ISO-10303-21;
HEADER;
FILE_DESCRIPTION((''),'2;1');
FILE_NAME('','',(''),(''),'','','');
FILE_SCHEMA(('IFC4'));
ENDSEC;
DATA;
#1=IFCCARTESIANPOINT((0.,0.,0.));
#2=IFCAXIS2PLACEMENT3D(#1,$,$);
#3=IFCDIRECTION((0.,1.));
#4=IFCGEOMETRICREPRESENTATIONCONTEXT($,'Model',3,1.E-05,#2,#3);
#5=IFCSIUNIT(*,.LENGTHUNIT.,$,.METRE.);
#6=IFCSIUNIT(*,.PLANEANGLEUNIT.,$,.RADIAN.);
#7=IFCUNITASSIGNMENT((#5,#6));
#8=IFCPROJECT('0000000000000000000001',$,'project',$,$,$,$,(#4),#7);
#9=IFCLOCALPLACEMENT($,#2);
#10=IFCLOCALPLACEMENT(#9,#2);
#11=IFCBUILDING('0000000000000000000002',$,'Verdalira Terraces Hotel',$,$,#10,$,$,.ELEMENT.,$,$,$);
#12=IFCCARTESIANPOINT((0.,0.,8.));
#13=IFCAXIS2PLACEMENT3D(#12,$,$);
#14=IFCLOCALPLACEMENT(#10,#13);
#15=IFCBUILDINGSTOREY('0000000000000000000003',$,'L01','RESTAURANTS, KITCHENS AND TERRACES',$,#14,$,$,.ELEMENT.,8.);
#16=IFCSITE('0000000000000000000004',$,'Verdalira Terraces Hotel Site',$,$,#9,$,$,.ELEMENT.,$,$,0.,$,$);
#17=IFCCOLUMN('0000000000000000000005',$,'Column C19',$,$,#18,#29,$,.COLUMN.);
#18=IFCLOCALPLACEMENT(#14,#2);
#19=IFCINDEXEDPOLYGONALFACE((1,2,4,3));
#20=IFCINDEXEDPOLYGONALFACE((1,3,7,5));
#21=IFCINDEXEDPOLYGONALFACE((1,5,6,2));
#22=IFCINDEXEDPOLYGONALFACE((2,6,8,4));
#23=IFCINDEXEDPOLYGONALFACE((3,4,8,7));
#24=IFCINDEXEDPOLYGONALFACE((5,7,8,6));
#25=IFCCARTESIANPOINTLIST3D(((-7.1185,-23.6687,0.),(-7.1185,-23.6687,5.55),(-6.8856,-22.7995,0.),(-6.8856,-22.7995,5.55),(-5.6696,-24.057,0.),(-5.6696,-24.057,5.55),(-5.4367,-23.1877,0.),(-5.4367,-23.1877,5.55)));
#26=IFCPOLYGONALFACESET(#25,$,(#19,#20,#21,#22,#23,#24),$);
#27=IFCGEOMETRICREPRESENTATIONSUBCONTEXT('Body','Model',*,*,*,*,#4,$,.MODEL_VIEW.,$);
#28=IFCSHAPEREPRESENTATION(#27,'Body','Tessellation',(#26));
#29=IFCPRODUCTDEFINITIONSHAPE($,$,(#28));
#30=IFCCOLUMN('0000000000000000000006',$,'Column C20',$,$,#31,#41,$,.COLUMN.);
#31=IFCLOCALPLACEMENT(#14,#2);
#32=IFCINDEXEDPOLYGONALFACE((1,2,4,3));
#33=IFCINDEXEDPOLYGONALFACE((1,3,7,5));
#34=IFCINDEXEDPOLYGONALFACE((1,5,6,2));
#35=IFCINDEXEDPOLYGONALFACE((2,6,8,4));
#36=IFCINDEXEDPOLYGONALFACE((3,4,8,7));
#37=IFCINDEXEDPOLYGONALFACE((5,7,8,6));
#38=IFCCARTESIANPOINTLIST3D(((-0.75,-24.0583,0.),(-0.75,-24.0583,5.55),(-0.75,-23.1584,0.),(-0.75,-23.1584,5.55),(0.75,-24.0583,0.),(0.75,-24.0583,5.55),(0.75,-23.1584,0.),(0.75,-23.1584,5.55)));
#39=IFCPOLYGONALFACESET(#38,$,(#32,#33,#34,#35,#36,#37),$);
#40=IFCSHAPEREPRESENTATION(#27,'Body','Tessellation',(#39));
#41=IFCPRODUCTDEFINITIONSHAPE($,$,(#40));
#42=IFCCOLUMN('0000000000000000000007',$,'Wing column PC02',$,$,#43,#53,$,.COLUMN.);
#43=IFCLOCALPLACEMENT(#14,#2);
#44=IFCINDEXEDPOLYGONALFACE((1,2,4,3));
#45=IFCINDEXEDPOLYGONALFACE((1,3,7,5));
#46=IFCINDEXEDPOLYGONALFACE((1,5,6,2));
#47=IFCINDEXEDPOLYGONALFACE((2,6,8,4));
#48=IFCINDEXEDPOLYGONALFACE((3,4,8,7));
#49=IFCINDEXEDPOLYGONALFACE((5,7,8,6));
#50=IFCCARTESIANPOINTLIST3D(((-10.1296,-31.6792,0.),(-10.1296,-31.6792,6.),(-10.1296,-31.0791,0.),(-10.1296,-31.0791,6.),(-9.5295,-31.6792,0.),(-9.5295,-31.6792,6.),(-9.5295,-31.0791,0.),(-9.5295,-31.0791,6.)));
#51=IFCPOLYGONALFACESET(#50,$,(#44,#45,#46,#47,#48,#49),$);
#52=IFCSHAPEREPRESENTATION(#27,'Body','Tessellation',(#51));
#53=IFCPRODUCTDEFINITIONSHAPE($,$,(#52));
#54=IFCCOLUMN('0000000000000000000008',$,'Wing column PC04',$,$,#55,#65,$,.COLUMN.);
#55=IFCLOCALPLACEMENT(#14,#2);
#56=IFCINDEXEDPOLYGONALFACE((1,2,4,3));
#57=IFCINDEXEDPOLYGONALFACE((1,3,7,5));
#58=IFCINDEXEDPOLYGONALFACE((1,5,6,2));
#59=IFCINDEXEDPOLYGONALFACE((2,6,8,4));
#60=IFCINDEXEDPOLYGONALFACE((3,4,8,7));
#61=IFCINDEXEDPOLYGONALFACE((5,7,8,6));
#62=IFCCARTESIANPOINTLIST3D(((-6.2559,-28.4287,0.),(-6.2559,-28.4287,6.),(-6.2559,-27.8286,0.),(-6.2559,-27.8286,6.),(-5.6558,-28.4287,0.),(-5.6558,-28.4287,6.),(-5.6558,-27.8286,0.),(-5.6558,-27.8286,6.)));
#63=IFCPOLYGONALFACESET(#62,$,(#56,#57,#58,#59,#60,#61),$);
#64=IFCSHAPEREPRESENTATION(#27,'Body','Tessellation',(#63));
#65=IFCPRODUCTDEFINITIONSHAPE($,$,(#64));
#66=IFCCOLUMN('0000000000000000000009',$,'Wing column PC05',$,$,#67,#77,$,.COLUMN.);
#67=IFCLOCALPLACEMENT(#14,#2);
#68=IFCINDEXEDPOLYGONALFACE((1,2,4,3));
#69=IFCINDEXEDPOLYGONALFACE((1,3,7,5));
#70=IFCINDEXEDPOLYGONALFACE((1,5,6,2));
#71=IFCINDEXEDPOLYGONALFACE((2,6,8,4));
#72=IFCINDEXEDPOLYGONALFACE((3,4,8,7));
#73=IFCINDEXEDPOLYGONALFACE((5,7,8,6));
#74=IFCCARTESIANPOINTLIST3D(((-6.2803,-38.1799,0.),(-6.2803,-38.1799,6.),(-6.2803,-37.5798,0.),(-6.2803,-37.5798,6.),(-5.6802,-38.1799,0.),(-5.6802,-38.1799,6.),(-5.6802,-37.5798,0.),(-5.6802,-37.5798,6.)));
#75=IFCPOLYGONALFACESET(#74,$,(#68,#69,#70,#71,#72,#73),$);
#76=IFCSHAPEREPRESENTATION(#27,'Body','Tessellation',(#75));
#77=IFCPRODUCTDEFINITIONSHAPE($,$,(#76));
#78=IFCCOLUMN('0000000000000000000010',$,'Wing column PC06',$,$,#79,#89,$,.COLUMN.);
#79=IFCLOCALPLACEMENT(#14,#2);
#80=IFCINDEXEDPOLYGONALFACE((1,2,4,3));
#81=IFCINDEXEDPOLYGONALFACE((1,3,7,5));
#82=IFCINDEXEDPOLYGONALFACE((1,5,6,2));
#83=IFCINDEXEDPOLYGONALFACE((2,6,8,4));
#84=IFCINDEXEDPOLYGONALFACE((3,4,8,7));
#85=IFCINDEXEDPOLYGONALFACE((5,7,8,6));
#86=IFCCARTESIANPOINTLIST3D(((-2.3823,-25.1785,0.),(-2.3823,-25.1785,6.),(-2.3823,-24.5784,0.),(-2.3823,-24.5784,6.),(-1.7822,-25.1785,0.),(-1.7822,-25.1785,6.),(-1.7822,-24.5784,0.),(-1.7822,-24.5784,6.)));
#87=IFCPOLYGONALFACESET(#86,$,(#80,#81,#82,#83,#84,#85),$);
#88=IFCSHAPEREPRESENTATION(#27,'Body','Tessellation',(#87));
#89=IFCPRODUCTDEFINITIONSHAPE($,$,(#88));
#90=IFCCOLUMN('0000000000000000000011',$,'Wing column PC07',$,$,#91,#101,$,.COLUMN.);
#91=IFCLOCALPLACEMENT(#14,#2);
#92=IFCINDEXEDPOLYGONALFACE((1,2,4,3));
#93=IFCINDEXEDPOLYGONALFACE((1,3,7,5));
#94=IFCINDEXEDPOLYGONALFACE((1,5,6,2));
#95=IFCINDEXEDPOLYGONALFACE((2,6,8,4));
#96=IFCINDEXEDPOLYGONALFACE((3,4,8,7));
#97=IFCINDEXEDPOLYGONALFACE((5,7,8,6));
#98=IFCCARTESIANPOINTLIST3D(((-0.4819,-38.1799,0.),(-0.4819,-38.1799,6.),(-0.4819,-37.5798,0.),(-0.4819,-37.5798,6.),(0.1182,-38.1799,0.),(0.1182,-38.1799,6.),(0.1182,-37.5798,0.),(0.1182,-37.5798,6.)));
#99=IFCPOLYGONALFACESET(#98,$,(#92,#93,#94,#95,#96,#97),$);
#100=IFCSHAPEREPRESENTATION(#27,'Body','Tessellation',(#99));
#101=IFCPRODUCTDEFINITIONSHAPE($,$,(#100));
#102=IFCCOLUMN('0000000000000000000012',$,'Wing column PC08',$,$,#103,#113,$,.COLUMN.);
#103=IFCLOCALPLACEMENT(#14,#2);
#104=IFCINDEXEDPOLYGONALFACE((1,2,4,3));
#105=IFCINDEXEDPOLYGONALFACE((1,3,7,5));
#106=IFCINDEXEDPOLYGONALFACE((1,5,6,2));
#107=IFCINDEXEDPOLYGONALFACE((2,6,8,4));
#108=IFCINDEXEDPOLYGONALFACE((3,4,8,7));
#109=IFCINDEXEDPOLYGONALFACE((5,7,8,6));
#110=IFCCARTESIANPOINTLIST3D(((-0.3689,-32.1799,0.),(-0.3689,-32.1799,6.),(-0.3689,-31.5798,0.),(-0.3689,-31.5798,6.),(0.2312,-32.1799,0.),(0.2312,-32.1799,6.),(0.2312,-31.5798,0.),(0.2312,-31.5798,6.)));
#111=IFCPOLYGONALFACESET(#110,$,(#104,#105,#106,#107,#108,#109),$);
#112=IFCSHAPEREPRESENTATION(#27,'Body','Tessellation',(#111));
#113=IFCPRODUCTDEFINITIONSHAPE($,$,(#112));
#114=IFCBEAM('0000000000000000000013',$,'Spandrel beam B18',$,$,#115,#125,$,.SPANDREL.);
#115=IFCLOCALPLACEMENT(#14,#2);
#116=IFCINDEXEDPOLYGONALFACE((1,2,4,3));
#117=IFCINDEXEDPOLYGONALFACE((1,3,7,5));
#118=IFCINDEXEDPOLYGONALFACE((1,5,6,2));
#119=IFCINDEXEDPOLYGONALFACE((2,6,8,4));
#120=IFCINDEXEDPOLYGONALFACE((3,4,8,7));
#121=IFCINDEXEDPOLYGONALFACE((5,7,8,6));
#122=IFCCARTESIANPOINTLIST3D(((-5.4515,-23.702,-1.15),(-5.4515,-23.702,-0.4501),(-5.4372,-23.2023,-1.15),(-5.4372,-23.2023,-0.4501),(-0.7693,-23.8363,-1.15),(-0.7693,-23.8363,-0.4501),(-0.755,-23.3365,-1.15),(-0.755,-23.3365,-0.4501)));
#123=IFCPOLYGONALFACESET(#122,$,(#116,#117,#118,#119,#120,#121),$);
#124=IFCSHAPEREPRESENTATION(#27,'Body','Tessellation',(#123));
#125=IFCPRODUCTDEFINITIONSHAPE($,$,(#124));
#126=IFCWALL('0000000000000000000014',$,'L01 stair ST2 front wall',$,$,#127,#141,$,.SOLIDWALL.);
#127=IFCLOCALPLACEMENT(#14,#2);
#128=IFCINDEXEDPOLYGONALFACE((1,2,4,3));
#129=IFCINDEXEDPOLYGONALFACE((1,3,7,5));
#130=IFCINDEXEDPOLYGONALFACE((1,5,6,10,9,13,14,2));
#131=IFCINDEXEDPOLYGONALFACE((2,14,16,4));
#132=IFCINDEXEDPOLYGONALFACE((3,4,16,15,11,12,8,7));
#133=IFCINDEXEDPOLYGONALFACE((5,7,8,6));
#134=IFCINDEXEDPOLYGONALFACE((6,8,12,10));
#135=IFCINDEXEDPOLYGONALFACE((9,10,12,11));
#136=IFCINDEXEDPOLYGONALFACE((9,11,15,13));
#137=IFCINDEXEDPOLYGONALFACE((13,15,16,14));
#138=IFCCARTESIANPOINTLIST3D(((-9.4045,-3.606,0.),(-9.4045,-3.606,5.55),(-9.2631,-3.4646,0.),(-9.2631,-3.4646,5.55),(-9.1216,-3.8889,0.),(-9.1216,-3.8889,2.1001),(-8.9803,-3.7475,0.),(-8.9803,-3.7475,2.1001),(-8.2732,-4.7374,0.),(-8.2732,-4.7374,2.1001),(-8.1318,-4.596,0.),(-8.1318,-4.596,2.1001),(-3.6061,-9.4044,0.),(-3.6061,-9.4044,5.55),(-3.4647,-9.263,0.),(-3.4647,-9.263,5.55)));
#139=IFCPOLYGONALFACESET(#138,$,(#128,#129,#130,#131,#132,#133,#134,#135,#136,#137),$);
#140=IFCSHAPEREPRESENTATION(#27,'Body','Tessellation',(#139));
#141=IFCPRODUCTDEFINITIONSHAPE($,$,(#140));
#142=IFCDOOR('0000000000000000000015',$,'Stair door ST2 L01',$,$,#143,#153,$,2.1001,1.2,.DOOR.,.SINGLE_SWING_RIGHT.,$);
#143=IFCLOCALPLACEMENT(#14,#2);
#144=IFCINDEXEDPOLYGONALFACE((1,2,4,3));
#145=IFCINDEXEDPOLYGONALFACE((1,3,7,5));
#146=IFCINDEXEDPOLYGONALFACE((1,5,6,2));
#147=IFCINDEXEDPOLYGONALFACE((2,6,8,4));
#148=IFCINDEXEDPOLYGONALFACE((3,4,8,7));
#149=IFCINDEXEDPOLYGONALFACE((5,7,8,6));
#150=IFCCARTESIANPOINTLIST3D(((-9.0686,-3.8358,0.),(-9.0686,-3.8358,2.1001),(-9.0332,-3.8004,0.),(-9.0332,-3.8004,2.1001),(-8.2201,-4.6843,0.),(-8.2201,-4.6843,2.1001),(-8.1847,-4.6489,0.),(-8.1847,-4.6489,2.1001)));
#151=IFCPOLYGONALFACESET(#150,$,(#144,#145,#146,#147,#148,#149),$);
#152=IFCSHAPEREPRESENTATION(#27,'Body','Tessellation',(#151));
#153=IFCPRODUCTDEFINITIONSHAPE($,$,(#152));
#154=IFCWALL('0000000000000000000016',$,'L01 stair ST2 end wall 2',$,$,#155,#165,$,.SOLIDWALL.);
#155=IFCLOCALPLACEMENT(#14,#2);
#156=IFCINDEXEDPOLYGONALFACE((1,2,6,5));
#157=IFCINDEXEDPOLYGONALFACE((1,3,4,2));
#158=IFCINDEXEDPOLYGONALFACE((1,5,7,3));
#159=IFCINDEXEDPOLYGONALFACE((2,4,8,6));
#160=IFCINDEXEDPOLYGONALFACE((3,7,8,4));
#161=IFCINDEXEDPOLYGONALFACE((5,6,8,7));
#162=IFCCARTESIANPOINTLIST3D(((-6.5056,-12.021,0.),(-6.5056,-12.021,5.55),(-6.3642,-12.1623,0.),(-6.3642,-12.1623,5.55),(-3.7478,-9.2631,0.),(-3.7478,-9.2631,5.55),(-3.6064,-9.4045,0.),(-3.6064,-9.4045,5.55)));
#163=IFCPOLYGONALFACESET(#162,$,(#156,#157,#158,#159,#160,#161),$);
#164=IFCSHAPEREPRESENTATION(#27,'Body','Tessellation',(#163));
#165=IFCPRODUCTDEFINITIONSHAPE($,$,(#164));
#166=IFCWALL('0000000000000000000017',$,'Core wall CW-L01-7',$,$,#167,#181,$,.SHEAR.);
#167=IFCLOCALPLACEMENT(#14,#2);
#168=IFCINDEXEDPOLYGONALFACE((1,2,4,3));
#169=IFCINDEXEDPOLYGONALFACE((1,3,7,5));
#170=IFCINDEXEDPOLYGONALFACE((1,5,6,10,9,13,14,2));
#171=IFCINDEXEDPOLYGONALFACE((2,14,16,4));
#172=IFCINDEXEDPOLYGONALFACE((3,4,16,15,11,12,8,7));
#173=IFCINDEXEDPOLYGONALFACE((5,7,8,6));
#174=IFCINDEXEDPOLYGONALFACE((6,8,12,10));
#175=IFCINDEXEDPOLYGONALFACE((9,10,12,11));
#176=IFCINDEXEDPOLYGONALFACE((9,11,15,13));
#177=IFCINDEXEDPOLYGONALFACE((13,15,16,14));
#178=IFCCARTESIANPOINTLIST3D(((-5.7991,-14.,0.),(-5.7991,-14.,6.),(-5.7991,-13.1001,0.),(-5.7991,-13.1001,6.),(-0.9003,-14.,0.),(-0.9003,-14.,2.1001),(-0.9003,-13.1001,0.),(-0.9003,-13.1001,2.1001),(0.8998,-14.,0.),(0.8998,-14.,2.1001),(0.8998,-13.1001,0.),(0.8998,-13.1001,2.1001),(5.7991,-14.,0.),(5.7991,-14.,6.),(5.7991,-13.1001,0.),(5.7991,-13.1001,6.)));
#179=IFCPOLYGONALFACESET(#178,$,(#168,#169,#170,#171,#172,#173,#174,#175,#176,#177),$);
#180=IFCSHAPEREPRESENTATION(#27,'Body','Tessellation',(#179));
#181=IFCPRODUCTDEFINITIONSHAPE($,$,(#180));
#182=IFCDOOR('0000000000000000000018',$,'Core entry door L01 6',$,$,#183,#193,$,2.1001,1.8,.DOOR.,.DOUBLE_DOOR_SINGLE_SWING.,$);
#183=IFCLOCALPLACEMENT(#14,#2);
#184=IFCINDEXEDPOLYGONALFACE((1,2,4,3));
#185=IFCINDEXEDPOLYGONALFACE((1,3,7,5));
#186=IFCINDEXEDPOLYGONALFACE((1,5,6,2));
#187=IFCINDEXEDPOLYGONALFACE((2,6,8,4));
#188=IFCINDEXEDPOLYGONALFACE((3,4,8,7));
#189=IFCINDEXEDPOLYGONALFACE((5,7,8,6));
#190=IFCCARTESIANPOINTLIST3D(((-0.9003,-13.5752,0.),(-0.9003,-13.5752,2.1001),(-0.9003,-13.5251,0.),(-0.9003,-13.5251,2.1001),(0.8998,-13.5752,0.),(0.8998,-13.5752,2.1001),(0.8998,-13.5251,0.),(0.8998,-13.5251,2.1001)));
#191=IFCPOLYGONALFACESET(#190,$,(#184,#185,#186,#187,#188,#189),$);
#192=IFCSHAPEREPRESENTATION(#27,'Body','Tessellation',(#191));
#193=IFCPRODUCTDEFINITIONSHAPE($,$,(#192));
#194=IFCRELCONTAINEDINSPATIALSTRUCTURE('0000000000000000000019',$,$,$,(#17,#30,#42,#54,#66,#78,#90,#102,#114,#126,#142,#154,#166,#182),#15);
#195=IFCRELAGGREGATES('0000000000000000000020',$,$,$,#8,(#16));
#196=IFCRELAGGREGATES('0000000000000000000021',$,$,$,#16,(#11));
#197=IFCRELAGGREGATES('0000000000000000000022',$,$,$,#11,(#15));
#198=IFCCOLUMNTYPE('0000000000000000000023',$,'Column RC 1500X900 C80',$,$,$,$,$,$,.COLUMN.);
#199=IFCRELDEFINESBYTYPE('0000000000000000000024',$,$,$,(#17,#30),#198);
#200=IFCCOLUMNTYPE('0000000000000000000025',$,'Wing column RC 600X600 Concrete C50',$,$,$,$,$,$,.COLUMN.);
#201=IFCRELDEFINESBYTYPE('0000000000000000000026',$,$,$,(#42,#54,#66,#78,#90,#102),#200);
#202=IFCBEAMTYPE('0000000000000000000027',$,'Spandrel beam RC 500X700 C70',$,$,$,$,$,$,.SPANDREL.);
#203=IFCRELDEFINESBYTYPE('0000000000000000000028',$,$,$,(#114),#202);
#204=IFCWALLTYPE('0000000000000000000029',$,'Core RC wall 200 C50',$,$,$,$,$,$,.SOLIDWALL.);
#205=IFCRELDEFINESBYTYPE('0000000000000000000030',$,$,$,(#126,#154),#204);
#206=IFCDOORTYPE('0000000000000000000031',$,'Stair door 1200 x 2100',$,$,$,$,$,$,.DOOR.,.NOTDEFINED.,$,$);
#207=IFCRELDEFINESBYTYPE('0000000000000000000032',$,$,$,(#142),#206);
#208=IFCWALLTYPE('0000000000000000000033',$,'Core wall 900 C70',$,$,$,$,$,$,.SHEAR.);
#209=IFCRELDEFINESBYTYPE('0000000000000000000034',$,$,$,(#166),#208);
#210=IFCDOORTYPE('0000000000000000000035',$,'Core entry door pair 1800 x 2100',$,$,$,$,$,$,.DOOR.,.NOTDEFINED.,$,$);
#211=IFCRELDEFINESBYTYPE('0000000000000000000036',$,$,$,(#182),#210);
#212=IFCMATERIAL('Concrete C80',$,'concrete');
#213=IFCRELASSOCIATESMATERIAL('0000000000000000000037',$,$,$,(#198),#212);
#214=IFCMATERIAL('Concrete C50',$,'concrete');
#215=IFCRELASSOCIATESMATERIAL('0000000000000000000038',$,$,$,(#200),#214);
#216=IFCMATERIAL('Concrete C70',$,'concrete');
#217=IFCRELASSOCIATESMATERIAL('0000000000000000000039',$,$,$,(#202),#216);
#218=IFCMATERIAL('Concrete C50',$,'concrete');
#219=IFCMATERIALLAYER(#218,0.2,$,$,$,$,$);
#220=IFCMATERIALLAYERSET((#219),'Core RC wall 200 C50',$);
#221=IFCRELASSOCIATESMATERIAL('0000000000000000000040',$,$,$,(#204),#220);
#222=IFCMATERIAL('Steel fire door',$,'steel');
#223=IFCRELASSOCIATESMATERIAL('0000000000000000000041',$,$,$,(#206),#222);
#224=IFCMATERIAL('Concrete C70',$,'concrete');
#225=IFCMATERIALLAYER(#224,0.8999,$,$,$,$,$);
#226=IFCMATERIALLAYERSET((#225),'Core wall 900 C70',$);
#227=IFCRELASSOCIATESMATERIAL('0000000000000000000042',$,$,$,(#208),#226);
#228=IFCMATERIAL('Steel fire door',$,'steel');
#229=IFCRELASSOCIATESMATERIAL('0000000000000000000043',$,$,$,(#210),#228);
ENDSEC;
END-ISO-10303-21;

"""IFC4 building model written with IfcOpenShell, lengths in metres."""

from ifc_helpers import new_model, si_unit, direction, frame, frame_2d, origin, origin_2d, place, context, subcontext, project, spatial, rectangle, extrude, material, layer, layer_set, material_profile, profile_set, type_object, element, fill, save


model = new_model("IFC4")

# Units and contexts
model_context = context("Model", 3, precision=1e-05, world=origin(), true_north=direction((0.0, 1.0)))
body_context = subcontext(model_context, "Body", "Model", "MODEL_VIEW")
ifc_project = project(units=[si_unit("LENGTHUNIT", "METRE"), si_unit("PLANEANGLEUNIT", "RADIAN")], contexts=[model_context])

# Site, building, storey
site_placement = place(None, origin())
site = spatial("IfcSite", under=ifc_project, at=site_placement, Name="Verdalira Terraces Hotel Site", CompositionType="ELEMENT", RefElevation=0.0)
building_placement = place(site_placement, origin())
building = spatial("IfcBuilding", under=site, at=building_placement, Name="Verdalira Terraces Hotel", CompositionType="ELEMENT")
storey_placement = place(building_placement, frame((0.0, 0.0, 8.0)))
storey = spatial("IfcBuildingStorey", under=building, at=storey_placement, Name="L01", Description="RESTAURANTS, KITCHENS AND TERRACES", CompositionType="ELEMENT", Elevation=8.0)

# Columns
ifc_material_1 = material(Name="Concrete C80", Category="concrete")
ifc_material_profile_1 = material_profile(ifc_material_1, rectangle(XDim=1.5, YDim=0.8999, at=origin_2d()), Name="RC 1500X900")
ifc_profile_set_1 = profile_set([ifc_material_profile_1], Name="Concrete C80")
column_type_1 = type_object("IfcColumnType", Name="Column RC 1500X900 C80", PredefinedType="COLUMN", material=ifc_profile_set_1)
for number, where, z_axis, x_axis, name in (
    (1, (-6.2776, -23.4282, 0.0), (0.0, 0.0, 1.0), (-0.965926, 0.258819, 0.0), "Column C19"),
    (2, (0.0, -23.6084, 0.0), (0.0, 0.0, 1.0), (1.0, 0.0, 0.0), "Column C20"),
):
    element("IfcColumn", number, at=place(storey_placement, frame(where, z_axis=z_axis, x_axis=x_axis)), inside=storey, type_object=column_type_1, Name=name, PredefinedType="COLUMN", context=body_context, shape_type="SweptSolid", body=[
        extrude(rectangle(XDim=1.5, YDim=0.8999, at=origin_2d()), origin(), (0.0, 0.0, 1.0), 5.55),
    ])
ifc_material_2 = material(Name="Concrete C50", Category="concrete")
ifc_material_profile_2 = material_profile(ifc_material_2, rectangle(XDim=0.6001, YDim=0.6001, at=origin_2d()), Name="RC 600X600")
ifc_profile_set_2 = profile_set([ifc_material_profile_2], Name="Concrete C50")
column_type_2 = type_object("IfcColumnType", Name="Wing column RC 600X600 Concrete C50", PredefinedType="COLUMN", material=ifc_profile_set_2)
for number, where, z_axis, x_axis, name in (
    (3, (-9.8296, -31.3791, 0.0), (0.0, 0.0, 1.0), (0.0, -1.0, 0.0), "Wing column PC02"),
    (4, (-5.9558, -28.1287, 0.0), (0.0, 0.0, 1.0), (0.0, -1.0, 0.0), "Wing column PC04"),
    (5, (-5.9802, -37.8799, 0.0), (0.0, 0.0, 1.0), (0.0, -1.0, 0.0), "Wing column PC05"),
    (6, (-2.0823, -24.8784, 0.0), (0.0, 0.0, 1.0), (0.0, -1.0, 0.0), "Wing column PC06"),
    (7, (-0.1819, -37.8799, 0.0), (0.0, 0.0, 1.0), (0.0, -1.0, 0.0), "Wing column PC07"),
    (8, (-0.0688, -31.8799, 0.0), (0.0, 0.0, 1.0), (0.0, -1.0, 0.0), "Wing column PC08"),
):
    element("IfcColumn", number, at=place(storey_placement, frame(where, z_axis=z_axis, x_axis=x_axis)), inside=storey, type_object=column_type_2, Name=name, PredefinedType="COLUMN", context=body_context, shape_type="SweptSolid", body=[
        extrude(rectangle(XDim=0.6001, YDim=0.6001, at=origin_2d()), origin(), (0.0, 0.0, 1.0), 6.0),
    ])

# Beam
ifc_material_3 = material(Name="Concrete C70", Category="concrete")
ifc_material_profile_3 = material_profile(ifc_material_3, rectangle(XDim=0.5, YDim=0.7, at=origin_2d()), Name="RC 500X700")
ifc_profile_set_3 = profile_set([ifc_material_profile_3], Name="Concrete C70")
beam_type = type_object("IfcBeamType", Name="Spandrel beam RC 500X700 C70", PredefinedType="SPANDREL", material=ifc_profile_set_3)
beam_placement = place(storey_placement, frame((-5.4443, -23.4521, -0.8), z_axis=(0.999589, -0.028667, 0.0), x_axis=(0.028667, 0.999589, 0.0)))
element("IfcBeam", 9, at=beam_placement, inside=storey, type_object=beam_type, Name="Spandrel beam B18", PredefinedType="SPANDREL", context=body_context, shape_type="SweptSolid", body=[
    extrude(rectangle(XDim=0.5, YDim=0.7, at=origin_2d()), origin(), (0.0, 0.0, 1.0), 4.6841),
])

# Wall, opening, door
ifc_material_4 = material(Name="Concrete C50", Category="concrete")
ifc_layer_1 = layer(ifc_material_4, 0.2)
ifc_layer_set_1 = layer_set([ifc_layer_1], Name="Core RC wall 200 C50")
wall_type_1 = type_object("IfcWallType", Name="Core RC wall 200 C50", PredefinedType="SOLIDWALL", material=ifc_layer_set_1)
wall_1_placement = place(storey_placement, frame((-3.5354, -9.3337, 0.0), z_axis=(0.0, 0.0, 1.0), x_axis=(-0.707107, 0.707107, 0.0)))
wall_1 = element("IfcWall", 10, at=wall_1_placement, inside=storey, type_object=wall_type_1, Name="L01 stair ST2 front wall", PredefinedType="SOLIDWALL", context=body_context, shape_type="SweptSolid", body=[
    extrude(rectangle(XDim=8.2002, YDim=0.2, at=frame_2d((4.1001, 0.0))), origin(), (0.0, 0.0, 1.0), 5.55),
])
opening_1_placement = place(wall_1_placement, frame((6.6001, 0.0, 0.0)))
opening_1 = element("IfcOpeningElement", 11, at=opening_1_placement, cuts=wall_1, PredefinedType="OPENING", context=body_context, shape_type="SweptSolid", body=[
    extrude(rectangle(XDim=1.2, YDim=2.1001, at=frame_2d((0.6001, 1.05))), frame((0.0, 0.1099, 0.0), z_axis=(0.0, -1.0, 0.0), x_axis=(1.0, 0.0, 0.0)), (0.0, 0.0, 1.0), 0.22),
])
ifc_material_5 = material(Name="Steel fire door", Category="steel")
door_type_1 = type_object("IfcDoorType", Name="Stair door 1200 x 2100", OperationType="NOTDEFINED", PredefinedType="DOOR", material=ifc_material_5)
door_1_placement = place(opening_1_placement, origin())
door_1 = element("IfcDoor", 12, at=door_1_placement, inside=storey, type_object=door_type_1, Name="Stair door ST2 L01", OperationType="SINGLE_SWING_RIGHT", OverallHeight=2.1001, OverallWidth=1.2, PredefinedType="DOOR", context=body_context, shape_type="SweptSolid", body=[
    extrude(rectangle(XDim=1.2, YDim=2.1001, at=frame_2d((0.6001, 1.05))), frame((0.0, 0.0249, 0.0), z_axis=(0.0, -1.0, 0.0), x_axis=(1.0, 0.0, 0.0)), (0.0, 0.0, 1.0), 0.05),
])
fill(opening_1, door_1)

# Wall
wall_2_placement = place(storey_placement, frame((-3.677, -9.3337, 0.0), z_axis=(0.0, 0.0, 1.0), x_axis=(-0.707107, -0.707107, 0.0)))
element("IfcWall", 13, at=wall_2_placement, inside=storey, type_object=wall_type_1, Name="L01 stair ST2 end wall 2", PredefinedType="SOLIDWALL", context=body_context, shape_type="SweptSolid", body=[
    extrude(rectangle(XDim=3.9001, YDim=0.2, at=frame_2d((1.9502, 0.0))), origin(), (0.0, 0.0, 1.0), 5.55),
])

# Wall, opening, door
ifc_material_6 = material(Name="Concrete C70", Category="concrete")
ifc_layer_2 = layer(ifc_material_6, 0.8999)
ifc_layer_set_2 = layer_set([ifc_layer_2], Name="Core wall 900 C70")
wall_type_2 = type_object("IfcWallType", Name="Core wall 900 C70", PredefinedType="SHEAR", material=ifc_layer_set_2)
wall_3_placement = place(storey_placement, frame((-5.7991, -13.55, 0.0), z_axis=(0.0, 0.0, 1.0), x_axis=(1.0, 0.0, 0.0)))
wall_3 = element("IfcWall", 14, at=wall_3_placement, inside=storey, type_object=wall_type_2, Name="Core wall CW-L01-7", PredefinedType="SHEAR", context=body_context, shape_type="SweptSolid", body=[
    extrude(rectangle(XDim=11.5981, YDim=0.8999, at=frame_2d((5.7991, 0.0))), origin(), (0.0, 0.0, 1.0), 6.0),
])
opening_2_placement = place(wall_3_placement, frame((4.8989, 0.0, 0.0)))
opening_2 = element("IfcOpeningElement", 15, at=opening_2_placement, cuts=wall_3, PredefinedType="OPENING", context=body_context, shape_type="SweptSolid", body=[
    extrude(rectangle(XDim=1.8, YDim=2.1001, at=frame_2d((0.8999, 1.05))), frame((0.0, 0.46, 0.0), z_axis=(0.0, -1.0, 0.0), x_axis=(1.0, 0.0, 0.0)), (0.0, 0.0, 1.0), 0.9199),
])
ifc_material_7 = material(Name="Steel fire door", Category="steel")
door_type_2 = type_object("IfcDoorType", Name="Core entry door pair 1800 x 2100", OperationType="NOTDEFINED", PredefinedType="DOOR", material=ifc_material_7)
door_2_placement = place(opening_2_placement, origin())
door_2 = element("IfcDoor", 16, at=door_2_placement, inside=storey, type_object=door_type_2, Name="Core entry door L01 6", OperationType="DOUBLE_DOOR_SINGLE_SWING", OverallHeight=2.1001, OverallWidth=1.8, PredefinedType="DOOR", context=body_context, shape_type="SweptSolid", body=[
    extrude(rectangle(XDim=1.8, YDim=2.1001, at=frame_2d((0.8999, 1.05))), frame((0.0, 0.0249, 0.0), z_axis=(0.0, -1.0, 0.0), x_axis=(1.0, 0.0, 0.0)), (0.0, 0.0, 1.0), 0.05),
])
fill(opening_2, door_2)

save(model, "model.ifc")
